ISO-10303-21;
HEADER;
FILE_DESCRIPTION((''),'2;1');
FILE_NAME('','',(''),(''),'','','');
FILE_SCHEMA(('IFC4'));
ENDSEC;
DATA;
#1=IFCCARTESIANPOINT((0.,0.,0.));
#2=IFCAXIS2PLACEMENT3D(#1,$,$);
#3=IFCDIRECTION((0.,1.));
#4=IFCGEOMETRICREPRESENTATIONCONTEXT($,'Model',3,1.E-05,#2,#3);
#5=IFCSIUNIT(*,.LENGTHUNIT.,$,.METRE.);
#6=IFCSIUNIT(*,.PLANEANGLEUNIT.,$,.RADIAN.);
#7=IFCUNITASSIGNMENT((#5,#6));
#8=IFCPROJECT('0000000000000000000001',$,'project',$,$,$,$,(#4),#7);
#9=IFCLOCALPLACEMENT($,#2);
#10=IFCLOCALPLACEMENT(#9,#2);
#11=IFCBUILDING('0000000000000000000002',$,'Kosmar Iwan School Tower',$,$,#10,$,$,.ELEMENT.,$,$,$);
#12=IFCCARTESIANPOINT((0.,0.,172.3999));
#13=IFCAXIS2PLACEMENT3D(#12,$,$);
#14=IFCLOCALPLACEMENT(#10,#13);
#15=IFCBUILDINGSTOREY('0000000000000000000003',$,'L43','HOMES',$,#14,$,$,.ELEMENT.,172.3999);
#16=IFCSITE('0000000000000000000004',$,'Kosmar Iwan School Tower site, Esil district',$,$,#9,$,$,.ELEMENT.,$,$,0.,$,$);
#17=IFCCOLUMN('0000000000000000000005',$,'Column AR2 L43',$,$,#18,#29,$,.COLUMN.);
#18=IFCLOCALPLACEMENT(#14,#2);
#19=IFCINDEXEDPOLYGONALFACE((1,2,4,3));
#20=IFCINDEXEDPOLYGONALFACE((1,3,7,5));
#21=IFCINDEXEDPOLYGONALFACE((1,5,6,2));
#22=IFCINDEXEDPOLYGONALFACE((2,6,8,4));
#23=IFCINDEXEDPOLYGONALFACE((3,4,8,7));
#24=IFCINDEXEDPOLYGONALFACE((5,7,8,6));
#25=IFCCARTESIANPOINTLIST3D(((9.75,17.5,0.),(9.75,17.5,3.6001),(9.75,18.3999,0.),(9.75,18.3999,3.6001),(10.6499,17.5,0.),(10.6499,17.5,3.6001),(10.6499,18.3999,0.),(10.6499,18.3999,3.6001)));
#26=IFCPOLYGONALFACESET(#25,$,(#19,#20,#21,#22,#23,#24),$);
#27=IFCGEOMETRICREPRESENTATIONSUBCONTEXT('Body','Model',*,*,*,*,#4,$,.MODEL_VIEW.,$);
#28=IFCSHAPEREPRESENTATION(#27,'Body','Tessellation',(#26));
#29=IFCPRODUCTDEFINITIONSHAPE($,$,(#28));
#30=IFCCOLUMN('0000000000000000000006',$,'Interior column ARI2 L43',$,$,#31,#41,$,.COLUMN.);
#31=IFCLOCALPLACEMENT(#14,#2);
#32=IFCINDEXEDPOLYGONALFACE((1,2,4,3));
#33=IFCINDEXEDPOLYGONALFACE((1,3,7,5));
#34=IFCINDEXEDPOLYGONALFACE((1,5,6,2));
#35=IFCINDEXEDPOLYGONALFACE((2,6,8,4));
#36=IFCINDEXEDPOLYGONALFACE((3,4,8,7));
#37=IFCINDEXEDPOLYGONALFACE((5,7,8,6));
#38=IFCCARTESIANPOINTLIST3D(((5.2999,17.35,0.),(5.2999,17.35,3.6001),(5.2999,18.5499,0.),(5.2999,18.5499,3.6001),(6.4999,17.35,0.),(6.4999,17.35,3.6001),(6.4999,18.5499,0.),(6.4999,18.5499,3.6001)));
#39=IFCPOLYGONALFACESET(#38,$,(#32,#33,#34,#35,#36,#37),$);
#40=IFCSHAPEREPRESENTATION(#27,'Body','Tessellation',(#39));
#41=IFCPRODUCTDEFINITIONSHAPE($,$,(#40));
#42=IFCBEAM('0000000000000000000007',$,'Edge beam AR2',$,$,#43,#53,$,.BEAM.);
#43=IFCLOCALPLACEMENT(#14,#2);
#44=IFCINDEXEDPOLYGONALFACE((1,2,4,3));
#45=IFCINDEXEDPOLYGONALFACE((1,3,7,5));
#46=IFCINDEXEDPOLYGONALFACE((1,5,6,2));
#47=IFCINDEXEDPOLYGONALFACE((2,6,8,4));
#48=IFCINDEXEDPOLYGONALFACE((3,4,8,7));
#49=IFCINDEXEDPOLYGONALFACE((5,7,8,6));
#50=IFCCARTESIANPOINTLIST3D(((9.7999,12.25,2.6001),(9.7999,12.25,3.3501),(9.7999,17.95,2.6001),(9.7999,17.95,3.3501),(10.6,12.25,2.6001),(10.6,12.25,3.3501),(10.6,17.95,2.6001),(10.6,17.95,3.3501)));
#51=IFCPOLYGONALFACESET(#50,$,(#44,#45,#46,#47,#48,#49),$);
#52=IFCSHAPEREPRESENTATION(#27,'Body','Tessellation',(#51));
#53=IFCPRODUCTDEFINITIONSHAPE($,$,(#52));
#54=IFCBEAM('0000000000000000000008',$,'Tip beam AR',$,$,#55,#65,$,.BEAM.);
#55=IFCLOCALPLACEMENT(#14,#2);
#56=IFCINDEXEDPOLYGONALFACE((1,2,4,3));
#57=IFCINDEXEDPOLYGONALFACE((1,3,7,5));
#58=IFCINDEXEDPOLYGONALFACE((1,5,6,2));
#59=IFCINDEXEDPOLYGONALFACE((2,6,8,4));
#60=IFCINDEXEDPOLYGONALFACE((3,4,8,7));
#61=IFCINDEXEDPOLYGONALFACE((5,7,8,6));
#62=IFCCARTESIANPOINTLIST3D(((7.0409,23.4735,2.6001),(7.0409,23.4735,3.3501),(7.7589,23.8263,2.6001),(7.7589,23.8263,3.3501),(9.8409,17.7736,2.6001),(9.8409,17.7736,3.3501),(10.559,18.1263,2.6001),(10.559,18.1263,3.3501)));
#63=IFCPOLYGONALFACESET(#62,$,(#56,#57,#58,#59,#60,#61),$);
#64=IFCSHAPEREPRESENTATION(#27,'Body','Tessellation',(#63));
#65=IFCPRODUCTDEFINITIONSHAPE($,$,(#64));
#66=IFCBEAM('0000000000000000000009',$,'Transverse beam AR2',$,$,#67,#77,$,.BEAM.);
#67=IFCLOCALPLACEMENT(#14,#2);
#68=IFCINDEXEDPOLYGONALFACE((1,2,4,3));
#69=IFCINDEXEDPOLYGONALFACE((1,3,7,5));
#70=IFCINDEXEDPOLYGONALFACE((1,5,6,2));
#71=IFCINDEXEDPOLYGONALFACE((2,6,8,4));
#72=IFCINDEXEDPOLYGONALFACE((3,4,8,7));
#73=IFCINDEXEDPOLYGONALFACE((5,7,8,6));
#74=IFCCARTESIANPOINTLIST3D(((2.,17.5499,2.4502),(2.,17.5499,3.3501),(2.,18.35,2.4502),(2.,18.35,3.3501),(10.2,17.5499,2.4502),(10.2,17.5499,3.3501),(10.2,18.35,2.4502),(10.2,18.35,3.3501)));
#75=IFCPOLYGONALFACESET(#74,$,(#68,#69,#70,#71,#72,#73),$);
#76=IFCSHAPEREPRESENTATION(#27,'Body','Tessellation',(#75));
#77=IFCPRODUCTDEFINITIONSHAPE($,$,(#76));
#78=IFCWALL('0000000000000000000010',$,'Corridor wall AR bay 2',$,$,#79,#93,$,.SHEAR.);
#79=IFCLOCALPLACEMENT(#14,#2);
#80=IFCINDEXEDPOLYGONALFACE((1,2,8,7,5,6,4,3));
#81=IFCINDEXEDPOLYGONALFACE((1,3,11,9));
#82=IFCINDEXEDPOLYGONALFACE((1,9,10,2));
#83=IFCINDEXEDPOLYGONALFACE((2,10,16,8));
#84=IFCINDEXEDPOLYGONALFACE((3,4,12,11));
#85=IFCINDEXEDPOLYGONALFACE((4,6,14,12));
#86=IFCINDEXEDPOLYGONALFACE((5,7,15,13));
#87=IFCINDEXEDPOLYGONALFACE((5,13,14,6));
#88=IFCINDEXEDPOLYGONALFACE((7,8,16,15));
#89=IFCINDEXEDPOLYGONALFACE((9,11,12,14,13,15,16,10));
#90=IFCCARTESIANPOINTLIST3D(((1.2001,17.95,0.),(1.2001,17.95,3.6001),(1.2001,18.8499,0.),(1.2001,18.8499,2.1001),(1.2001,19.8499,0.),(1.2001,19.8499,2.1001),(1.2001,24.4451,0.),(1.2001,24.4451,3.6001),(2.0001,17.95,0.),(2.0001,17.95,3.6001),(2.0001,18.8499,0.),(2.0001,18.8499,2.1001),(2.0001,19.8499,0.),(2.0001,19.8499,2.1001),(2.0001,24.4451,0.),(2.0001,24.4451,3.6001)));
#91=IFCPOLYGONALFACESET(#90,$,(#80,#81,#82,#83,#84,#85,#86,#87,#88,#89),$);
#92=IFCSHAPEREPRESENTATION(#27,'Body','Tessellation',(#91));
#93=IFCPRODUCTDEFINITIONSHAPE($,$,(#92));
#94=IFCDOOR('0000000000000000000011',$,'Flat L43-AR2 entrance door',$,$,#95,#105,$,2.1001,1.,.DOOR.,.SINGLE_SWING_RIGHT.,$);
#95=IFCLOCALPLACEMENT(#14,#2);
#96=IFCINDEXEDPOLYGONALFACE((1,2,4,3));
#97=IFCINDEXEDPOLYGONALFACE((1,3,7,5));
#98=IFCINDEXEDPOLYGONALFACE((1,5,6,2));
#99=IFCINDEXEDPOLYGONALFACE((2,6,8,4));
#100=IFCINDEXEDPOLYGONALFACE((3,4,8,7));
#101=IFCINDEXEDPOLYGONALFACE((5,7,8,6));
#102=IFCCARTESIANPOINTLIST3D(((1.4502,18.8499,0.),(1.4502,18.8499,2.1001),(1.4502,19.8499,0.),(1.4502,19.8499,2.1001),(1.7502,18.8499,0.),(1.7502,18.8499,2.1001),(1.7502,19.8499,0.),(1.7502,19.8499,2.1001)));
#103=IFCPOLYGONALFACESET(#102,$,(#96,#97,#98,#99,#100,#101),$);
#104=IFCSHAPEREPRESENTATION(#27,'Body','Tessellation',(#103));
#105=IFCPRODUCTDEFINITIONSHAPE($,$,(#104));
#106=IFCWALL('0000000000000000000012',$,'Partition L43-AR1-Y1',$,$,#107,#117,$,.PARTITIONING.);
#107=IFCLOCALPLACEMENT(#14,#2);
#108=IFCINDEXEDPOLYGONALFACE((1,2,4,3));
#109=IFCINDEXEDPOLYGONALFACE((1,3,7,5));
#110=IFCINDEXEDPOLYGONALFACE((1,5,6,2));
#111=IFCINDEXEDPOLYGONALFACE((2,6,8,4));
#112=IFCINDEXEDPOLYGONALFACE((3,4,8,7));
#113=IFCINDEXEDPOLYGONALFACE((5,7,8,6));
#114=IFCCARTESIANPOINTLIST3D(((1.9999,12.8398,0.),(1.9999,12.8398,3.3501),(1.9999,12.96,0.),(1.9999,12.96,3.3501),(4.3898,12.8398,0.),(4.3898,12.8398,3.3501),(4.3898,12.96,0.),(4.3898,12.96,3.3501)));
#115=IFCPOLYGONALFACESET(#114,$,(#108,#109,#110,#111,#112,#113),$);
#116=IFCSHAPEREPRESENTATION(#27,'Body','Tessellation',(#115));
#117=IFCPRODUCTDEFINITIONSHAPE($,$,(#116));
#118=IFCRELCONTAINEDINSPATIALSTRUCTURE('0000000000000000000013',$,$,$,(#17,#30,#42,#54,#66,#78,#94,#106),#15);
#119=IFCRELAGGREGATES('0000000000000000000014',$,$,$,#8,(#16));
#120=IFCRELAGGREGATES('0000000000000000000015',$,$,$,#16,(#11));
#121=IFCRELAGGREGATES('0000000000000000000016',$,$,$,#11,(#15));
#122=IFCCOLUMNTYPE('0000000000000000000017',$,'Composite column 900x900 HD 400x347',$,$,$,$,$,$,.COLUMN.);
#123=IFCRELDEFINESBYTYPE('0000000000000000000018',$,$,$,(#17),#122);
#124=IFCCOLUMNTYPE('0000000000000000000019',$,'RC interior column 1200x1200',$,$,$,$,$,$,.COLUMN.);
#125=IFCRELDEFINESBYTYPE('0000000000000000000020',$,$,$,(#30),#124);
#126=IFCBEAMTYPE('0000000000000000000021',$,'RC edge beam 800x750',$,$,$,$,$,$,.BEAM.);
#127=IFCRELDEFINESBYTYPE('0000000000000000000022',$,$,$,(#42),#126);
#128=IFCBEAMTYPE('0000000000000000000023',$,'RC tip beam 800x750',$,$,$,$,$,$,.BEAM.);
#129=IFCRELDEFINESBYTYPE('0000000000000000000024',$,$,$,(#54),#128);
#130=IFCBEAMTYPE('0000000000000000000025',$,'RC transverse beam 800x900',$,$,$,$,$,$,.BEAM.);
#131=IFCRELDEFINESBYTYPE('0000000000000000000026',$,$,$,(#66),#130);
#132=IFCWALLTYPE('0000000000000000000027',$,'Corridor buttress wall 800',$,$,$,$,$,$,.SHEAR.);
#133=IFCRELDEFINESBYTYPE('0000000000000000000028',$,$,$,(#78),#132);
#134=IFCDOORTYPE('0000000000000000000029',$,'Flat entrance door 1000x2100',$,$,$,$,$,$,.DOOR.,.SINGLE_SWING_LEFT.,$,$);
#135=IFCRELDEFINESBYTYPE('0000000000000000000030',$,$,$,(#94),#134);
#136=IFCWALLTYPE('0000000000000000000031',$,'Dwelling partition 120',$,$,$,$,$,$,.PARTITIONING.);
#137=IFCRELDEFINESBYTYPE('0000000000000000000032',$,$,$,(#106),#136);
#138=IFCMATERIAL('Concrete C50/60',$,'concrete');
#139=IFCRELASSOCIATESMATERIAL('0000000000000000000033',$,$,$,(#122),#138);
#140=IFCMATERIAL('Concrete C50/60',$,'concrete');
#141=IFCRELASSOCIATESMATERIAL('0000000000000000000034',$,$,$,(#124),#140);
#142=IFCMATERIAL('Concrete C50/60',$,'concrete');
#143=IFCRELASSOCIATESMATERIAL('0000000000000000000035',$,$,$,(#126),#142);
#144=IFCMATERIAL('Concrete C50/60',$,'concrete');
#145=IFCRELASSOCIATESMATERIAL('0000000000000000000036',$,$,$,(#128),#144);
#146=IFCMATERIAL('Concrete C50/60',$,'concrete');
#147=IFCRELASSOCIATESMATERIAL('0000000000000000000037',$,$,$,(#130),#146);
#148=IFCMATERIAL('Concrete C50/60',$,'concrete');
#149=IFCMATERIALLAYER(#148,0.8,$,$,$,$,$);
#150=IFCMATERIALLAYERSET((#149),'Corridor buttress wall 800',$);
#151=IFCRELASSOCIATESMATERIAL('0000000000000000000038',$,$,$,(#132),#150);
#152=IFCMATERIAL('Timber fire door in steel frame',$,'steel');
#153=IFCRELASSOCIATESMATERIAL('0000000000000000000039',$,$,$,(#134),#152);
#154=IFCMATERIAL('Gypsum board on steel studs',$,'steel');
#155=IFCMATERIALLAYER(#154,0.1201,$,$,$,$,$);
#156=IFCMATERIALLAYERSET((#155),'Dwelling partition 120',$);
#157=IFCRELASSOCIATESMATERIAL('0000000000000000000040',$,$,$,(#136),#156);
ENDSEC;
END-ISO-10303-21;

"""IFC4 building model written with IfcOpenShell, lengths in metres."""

from ifc_helpers import new_model, si_unit, direction, frame, frame_2d, origin, origin_2d, place, context, subcontext, project, spatial, rectangle, extrude, material, layer, layer_set, material_profile, profile_set, type_object, element, fill, save


model = new_model("IFC4")

# Units and contexts
model_context = context("Model", 3, precision=1e-05, world=origin(), true_north=direction((0.0, 1.0)))
body_context = subcontext(model_context, "Body", "Model", "MODEL_VIEW")
ifc_project = project(units=[si_unit("LENGTHUNIT", "METRE"), si_unit("PLANEANGLEUNIT", "RADIAN")], contexts=[model_context])

# Site, building, storey
site_placement = place(None, origin())
site = spatial("IfcSite", under=ifc_project, at=site_placement, Name="Kosmar Iwan School Tower site, Esil district", CompositionType="ELEMENT", RefElevation=0.0)
building_placement = place(site_placement, origin())
building = spatial("IfcBuilding", under=site, at=building_placement, Name="Kosmar Iwan School Tower", CompositionType="ELEMENT")
storey_placement = place(building_placement, frame((0.0, 0.0, 172.3999)))
storey = spatial("IfcBuildingStorey", under=building, at=storey_placement, Name="L43", Description="HOMES", CompositionType="ELEMENT", Elevation=172.3999)

# Columns
ifc_material_1 = material(Name="Concrete C50/60", Category="concrete")
ifc_material_profile_1 = material_profile(ifc_material_1, rectangle(XDim=0.8999, YDim=0.8999, at=origin_2d()), Name="RC 900x900 + HD 400x347")
ifc_profile_set_1 = profile_set([ifc_material_profile_1], Name="Concrete C50/60")
column_type_1 = type_object("IfcColumnType", Name="Composite column 900x900 HD 400x347", PredefinedType="COLUMN", material=ifc_profile_set_1)
column_1_placement = place(storey_placement, frame((10.2, 17.95, 0.0), z_axis=(0.0, 0.0, 1.0), x_axis=(0.0, 1.0, 0.0)))
element("IfcColumn", 1, at=column_1_placement, inside=storey, type_object=column_type_1, Name="Column AR2 L43", PredefinedType="COLUMN", context=body_context, shape_type="SweptSolid", body=[
    extrude(rectangle(XDim=0.8999, YDim=0.8999, at=origin_2d()), origin(), (0.0, 0.0, 1.0), 3.6001),
])
ifc_material_2 = material(Name="Concrete C50/60", Category="concrete")
ifc_material_profile_2 = material_profile(ifc_material_2, rectangle(XDim=1.2, YDim=1.2, at=origin_2d()), Name="RC 1200x1200")
ifc_profile_set_2 = profile_set([ifc_material_profile_2], Name="Concrete C50/60")
column_type_2 = type_object("IfcColumnType", Name="RC interior column 1200x1200", PredefinedType="COLUMN", material=ifc_profile_set_2)
column_2_placement = place(storey_placement, frame((5.8999, 17.95, 0.0), z_axis=(0.0, 0.0, 1.0), x_axis=(0.0, 1.0, 0.0)))
element("IfcColumn", 2, at=column_2_placement, inside=storey, type_object=column_type_2, Name="Interior column ARI2 L43", PredefinedType="COLUMN", context=body_context, shape_type="SweptSolid", body=[
    extrude(rectangle(XDim=1.2, YDim=1.2, at=origin_2d()), origin(), (0.0, 0.0, 1.0), 3.6001),
])

# Beams
ifc_material_3 = material(Name="Concrete C50/60", Category="concrete")
ifc_material_profile_3 = material_profile(ifc_material_3, rectangle(XDim=0.8, YDim=0.75, at=origin_2d()), Name="RC 800x750")
ifc_profile_set_3 = profile_set([ifc_material_profile_3], Name="Concrete C50/60")
beam_type_1 = type_object("IfcBeamType", Name="RC edge beam 800x750", PredefinedType="BEAM", material=ifc_profile_set_3)
beam_1_placement = place(storey_placement, frame((10.2, 12.25, 2.9751), z_axis=(0.0, 1.0, 0.0), x_axis=(-1.0, 0.0, 0.0)))
element("IfcBeam", 3, at=beam_1_placement, inside=storey, type_object=beam_type_1, Name="Edge beam AR2", PredefinedType="BEAM", context=body_context, shape_type="SweptSolid", body=[
    extrude(rectangle(XDim=0.8, YDim=0.75, at=origin_2d()), origin(), (0.0, 0.0, 1.0), 5.7),
])
ifc_material_4 = material(Name="Concrete C50/60", Category="concrete")
ifc_material_profile_4 = material_profile(ifc_material_4, rectangle(XDim=0.8, YDim=0.75, at=origin_2d()), Name="RC 800x750")
ifc_profile_set_4 = profile_set([ifc_material_profile_4], Name="Concrete C50/60")
beam_type_2 = type_object("IfcBeamType", Name="RC tip beam 800x750", PredefinedType="BEAM", material=ifc_profile_set_4)
beam_2_placement = place(storey_placement, frame((10.2, 17.95, 2.9751), z_axis=(-0.440913, 0.89755, 0.0), x_axis=(-0.89755, -0.440913, 0.0)))
element("IfcBeam", 4, at=beam_2_placement, inside=storey, type_object=beam_type_2, Name="Tip beam AR", PredefinedType="BEAM", context=body_context, shape_type="SweptSolid", body=[
    extrude(rectangle(XDim=0.8, YDim=0.75, at=origin_2d()), origin(), (0.0, 0.0, 1.0), 6.3506),
])
ifc_material_5 = material(Name="Concrete C50/60", Category="concrete")
ifc_material_profile_5 = material_profile(ifc_material_5, rectangle(XDim=0.8, YDim=0.8999, at=origin_2d()), Name="RC 800x900")
ifc_profile_set_5 = profile_set([ifc_material_profile_5], Name="Concrete C50/60")
beam_type_3 = type_object("IfcBeamType", Name="RC transverse beam 800x900", PredefinedType="BEAM", material=ifc_profile_set_5)
beam_3_placement = place(storey_placement, frame((10.2, 17.95, 2.9001), z_axis=(-1.0, 0.0, 0.0), x_axis=(0.0, -1.0, 0.0)))
element("IfcBeam", 5, at=beam_3_placement, inside=storey, type_object=beam_type_3, Name="Transverse beam AR2", PredefinedType="BEAM", context=body_context, shape_type="SweptSolid", body=[
    extrude(rectangle(XDim=0.8, YDim=0.8999, at=origin_2d()), origin(), (0.0, 0.0, 1.0), 8.2),
])

# Wall, opening, door
ifc_material_6 = material(Name="Concrete C50/60", Category="concrete")
ifc_layer_1 = layer(ifc_material_6, 0.8)
ifc_layer_set_1 = layer_set([ifc_layer_1], Name="Corridor buttress wall 800")
wall_type_1 = type_object("IfcWallType", Name="Corridor buttress wall 800", PredefinedType="SHEAR", material=ifc_layer_set_1)
wall_1_placement = place(storey_placement, frame((1.6001, 17.95, 0.0), z_axis=(0.0, 0.0, 1.0), x_axis=(0.0, 1.0, 0.0)))
wall_1 = element("IfcWall", 6, at=wall_1_placement, inside=storey, type_object=wall_type_1, Name="Corridor wall AR bay 2", PredefinedType="SHEAR", context=body_context, shape_type="SweptSolid", body=[
    extrude(rectangle(XDim=6.4951, YDim=0.8, at=frame_2d((3.2476, 0.0))), origin(), (0.0, 0.0, 1.0), 3.6001),
])
opening_1_placement = place(wall_1_placement, frame((0.8999, 0.0, 0.0)))
opening_1 = element("IfcOpeningElement", 7, at=opening_1_placement, cuts=wall_1, PredefinedType="OPENING", context=body_context, shape_type="SweptSolid", body=[
    extrude(rectangle(XDim=1.0, YDim=2.1001, at=frame_2d((0.5, 1.05))), frame((0.0, 0.4121, 0.0), z_axis=(0.0, -1.0, 0.0), x_axis=(1.0, 0.0, 0.0)), (0.0, 0.0, 1.0), 0.824),
])
ifc_material_7 = material(Name="Timber fire door in steel frame", Category="steel")
door_type_1 = type_object("IfcDoorType", Name="Flat entrance door 1000x2100", OperationType="SINGLE_SWING_LEFT", PredefinedType="DOOR", material=ifc_material_7)
door_1_placement = place(opening_1_placement, origin())
door_1 = element("IfcDoor", 8, at=door_1_placement, inside=storey, type_object=door_type_1, Name="Flat L43-AR2 entrance door", OperationType="SINGLE_SWING_RIGHT", OverallHeight=2.1001, OverallWidth=1.0, PredefinedType="DOOR", context=body_context, shape_type="SweptSolid", body=[
    extrude(rectangle(XDim=1.0, YDim=2.1001, at=frame_2d((0.5, 1.05))), frame((0.0, 0.1499, 0.0), z_axis=(0.0, -1.0, 0.0), x_axis=(1.0, 0.0, 0.0)), (0.0, 0.0, 1.0), 0.3),
])
fill(opening_1, door_1)

# Wall
ifc_material_8 = material(Name="Gypsum board on steel studs", Category="steel")
ifc_layer_2 = layer(ifc_material_8, 0.1201)
ifc_layer_set_2 = layer_set([ifc_layer_2], Name="Dwelling partition 120")
wall_type_2 = type_object("IfcWallType", Name="Dwelling partition 120", PredefinedType="PARTITIONING", material=ifc_layer_set_2)
wall_2_placement = place(storey_placement, frame((2.0, 12.8999, 0.0), z_axis=(0.0, 0.0, 1.0), x_axis=(1.0, 0.0, 0.0)))
element("IfcWall", 9, at=wall_2_placement, inside=storey, type_object=wall_type_2, Name="Partition L43-AR1-Y1", PredefinedType="PARTITIONING", context=body_context, shape_type="SweptSolid", body=[
    extrude(rectangle(XDim=2.3899, YDim=0.1201, at=frame_2d((1.1948, 0.0))), origin(), (0.0, 0.0, 1.0), 3.3501),
])

save(model, "model.ifc")
